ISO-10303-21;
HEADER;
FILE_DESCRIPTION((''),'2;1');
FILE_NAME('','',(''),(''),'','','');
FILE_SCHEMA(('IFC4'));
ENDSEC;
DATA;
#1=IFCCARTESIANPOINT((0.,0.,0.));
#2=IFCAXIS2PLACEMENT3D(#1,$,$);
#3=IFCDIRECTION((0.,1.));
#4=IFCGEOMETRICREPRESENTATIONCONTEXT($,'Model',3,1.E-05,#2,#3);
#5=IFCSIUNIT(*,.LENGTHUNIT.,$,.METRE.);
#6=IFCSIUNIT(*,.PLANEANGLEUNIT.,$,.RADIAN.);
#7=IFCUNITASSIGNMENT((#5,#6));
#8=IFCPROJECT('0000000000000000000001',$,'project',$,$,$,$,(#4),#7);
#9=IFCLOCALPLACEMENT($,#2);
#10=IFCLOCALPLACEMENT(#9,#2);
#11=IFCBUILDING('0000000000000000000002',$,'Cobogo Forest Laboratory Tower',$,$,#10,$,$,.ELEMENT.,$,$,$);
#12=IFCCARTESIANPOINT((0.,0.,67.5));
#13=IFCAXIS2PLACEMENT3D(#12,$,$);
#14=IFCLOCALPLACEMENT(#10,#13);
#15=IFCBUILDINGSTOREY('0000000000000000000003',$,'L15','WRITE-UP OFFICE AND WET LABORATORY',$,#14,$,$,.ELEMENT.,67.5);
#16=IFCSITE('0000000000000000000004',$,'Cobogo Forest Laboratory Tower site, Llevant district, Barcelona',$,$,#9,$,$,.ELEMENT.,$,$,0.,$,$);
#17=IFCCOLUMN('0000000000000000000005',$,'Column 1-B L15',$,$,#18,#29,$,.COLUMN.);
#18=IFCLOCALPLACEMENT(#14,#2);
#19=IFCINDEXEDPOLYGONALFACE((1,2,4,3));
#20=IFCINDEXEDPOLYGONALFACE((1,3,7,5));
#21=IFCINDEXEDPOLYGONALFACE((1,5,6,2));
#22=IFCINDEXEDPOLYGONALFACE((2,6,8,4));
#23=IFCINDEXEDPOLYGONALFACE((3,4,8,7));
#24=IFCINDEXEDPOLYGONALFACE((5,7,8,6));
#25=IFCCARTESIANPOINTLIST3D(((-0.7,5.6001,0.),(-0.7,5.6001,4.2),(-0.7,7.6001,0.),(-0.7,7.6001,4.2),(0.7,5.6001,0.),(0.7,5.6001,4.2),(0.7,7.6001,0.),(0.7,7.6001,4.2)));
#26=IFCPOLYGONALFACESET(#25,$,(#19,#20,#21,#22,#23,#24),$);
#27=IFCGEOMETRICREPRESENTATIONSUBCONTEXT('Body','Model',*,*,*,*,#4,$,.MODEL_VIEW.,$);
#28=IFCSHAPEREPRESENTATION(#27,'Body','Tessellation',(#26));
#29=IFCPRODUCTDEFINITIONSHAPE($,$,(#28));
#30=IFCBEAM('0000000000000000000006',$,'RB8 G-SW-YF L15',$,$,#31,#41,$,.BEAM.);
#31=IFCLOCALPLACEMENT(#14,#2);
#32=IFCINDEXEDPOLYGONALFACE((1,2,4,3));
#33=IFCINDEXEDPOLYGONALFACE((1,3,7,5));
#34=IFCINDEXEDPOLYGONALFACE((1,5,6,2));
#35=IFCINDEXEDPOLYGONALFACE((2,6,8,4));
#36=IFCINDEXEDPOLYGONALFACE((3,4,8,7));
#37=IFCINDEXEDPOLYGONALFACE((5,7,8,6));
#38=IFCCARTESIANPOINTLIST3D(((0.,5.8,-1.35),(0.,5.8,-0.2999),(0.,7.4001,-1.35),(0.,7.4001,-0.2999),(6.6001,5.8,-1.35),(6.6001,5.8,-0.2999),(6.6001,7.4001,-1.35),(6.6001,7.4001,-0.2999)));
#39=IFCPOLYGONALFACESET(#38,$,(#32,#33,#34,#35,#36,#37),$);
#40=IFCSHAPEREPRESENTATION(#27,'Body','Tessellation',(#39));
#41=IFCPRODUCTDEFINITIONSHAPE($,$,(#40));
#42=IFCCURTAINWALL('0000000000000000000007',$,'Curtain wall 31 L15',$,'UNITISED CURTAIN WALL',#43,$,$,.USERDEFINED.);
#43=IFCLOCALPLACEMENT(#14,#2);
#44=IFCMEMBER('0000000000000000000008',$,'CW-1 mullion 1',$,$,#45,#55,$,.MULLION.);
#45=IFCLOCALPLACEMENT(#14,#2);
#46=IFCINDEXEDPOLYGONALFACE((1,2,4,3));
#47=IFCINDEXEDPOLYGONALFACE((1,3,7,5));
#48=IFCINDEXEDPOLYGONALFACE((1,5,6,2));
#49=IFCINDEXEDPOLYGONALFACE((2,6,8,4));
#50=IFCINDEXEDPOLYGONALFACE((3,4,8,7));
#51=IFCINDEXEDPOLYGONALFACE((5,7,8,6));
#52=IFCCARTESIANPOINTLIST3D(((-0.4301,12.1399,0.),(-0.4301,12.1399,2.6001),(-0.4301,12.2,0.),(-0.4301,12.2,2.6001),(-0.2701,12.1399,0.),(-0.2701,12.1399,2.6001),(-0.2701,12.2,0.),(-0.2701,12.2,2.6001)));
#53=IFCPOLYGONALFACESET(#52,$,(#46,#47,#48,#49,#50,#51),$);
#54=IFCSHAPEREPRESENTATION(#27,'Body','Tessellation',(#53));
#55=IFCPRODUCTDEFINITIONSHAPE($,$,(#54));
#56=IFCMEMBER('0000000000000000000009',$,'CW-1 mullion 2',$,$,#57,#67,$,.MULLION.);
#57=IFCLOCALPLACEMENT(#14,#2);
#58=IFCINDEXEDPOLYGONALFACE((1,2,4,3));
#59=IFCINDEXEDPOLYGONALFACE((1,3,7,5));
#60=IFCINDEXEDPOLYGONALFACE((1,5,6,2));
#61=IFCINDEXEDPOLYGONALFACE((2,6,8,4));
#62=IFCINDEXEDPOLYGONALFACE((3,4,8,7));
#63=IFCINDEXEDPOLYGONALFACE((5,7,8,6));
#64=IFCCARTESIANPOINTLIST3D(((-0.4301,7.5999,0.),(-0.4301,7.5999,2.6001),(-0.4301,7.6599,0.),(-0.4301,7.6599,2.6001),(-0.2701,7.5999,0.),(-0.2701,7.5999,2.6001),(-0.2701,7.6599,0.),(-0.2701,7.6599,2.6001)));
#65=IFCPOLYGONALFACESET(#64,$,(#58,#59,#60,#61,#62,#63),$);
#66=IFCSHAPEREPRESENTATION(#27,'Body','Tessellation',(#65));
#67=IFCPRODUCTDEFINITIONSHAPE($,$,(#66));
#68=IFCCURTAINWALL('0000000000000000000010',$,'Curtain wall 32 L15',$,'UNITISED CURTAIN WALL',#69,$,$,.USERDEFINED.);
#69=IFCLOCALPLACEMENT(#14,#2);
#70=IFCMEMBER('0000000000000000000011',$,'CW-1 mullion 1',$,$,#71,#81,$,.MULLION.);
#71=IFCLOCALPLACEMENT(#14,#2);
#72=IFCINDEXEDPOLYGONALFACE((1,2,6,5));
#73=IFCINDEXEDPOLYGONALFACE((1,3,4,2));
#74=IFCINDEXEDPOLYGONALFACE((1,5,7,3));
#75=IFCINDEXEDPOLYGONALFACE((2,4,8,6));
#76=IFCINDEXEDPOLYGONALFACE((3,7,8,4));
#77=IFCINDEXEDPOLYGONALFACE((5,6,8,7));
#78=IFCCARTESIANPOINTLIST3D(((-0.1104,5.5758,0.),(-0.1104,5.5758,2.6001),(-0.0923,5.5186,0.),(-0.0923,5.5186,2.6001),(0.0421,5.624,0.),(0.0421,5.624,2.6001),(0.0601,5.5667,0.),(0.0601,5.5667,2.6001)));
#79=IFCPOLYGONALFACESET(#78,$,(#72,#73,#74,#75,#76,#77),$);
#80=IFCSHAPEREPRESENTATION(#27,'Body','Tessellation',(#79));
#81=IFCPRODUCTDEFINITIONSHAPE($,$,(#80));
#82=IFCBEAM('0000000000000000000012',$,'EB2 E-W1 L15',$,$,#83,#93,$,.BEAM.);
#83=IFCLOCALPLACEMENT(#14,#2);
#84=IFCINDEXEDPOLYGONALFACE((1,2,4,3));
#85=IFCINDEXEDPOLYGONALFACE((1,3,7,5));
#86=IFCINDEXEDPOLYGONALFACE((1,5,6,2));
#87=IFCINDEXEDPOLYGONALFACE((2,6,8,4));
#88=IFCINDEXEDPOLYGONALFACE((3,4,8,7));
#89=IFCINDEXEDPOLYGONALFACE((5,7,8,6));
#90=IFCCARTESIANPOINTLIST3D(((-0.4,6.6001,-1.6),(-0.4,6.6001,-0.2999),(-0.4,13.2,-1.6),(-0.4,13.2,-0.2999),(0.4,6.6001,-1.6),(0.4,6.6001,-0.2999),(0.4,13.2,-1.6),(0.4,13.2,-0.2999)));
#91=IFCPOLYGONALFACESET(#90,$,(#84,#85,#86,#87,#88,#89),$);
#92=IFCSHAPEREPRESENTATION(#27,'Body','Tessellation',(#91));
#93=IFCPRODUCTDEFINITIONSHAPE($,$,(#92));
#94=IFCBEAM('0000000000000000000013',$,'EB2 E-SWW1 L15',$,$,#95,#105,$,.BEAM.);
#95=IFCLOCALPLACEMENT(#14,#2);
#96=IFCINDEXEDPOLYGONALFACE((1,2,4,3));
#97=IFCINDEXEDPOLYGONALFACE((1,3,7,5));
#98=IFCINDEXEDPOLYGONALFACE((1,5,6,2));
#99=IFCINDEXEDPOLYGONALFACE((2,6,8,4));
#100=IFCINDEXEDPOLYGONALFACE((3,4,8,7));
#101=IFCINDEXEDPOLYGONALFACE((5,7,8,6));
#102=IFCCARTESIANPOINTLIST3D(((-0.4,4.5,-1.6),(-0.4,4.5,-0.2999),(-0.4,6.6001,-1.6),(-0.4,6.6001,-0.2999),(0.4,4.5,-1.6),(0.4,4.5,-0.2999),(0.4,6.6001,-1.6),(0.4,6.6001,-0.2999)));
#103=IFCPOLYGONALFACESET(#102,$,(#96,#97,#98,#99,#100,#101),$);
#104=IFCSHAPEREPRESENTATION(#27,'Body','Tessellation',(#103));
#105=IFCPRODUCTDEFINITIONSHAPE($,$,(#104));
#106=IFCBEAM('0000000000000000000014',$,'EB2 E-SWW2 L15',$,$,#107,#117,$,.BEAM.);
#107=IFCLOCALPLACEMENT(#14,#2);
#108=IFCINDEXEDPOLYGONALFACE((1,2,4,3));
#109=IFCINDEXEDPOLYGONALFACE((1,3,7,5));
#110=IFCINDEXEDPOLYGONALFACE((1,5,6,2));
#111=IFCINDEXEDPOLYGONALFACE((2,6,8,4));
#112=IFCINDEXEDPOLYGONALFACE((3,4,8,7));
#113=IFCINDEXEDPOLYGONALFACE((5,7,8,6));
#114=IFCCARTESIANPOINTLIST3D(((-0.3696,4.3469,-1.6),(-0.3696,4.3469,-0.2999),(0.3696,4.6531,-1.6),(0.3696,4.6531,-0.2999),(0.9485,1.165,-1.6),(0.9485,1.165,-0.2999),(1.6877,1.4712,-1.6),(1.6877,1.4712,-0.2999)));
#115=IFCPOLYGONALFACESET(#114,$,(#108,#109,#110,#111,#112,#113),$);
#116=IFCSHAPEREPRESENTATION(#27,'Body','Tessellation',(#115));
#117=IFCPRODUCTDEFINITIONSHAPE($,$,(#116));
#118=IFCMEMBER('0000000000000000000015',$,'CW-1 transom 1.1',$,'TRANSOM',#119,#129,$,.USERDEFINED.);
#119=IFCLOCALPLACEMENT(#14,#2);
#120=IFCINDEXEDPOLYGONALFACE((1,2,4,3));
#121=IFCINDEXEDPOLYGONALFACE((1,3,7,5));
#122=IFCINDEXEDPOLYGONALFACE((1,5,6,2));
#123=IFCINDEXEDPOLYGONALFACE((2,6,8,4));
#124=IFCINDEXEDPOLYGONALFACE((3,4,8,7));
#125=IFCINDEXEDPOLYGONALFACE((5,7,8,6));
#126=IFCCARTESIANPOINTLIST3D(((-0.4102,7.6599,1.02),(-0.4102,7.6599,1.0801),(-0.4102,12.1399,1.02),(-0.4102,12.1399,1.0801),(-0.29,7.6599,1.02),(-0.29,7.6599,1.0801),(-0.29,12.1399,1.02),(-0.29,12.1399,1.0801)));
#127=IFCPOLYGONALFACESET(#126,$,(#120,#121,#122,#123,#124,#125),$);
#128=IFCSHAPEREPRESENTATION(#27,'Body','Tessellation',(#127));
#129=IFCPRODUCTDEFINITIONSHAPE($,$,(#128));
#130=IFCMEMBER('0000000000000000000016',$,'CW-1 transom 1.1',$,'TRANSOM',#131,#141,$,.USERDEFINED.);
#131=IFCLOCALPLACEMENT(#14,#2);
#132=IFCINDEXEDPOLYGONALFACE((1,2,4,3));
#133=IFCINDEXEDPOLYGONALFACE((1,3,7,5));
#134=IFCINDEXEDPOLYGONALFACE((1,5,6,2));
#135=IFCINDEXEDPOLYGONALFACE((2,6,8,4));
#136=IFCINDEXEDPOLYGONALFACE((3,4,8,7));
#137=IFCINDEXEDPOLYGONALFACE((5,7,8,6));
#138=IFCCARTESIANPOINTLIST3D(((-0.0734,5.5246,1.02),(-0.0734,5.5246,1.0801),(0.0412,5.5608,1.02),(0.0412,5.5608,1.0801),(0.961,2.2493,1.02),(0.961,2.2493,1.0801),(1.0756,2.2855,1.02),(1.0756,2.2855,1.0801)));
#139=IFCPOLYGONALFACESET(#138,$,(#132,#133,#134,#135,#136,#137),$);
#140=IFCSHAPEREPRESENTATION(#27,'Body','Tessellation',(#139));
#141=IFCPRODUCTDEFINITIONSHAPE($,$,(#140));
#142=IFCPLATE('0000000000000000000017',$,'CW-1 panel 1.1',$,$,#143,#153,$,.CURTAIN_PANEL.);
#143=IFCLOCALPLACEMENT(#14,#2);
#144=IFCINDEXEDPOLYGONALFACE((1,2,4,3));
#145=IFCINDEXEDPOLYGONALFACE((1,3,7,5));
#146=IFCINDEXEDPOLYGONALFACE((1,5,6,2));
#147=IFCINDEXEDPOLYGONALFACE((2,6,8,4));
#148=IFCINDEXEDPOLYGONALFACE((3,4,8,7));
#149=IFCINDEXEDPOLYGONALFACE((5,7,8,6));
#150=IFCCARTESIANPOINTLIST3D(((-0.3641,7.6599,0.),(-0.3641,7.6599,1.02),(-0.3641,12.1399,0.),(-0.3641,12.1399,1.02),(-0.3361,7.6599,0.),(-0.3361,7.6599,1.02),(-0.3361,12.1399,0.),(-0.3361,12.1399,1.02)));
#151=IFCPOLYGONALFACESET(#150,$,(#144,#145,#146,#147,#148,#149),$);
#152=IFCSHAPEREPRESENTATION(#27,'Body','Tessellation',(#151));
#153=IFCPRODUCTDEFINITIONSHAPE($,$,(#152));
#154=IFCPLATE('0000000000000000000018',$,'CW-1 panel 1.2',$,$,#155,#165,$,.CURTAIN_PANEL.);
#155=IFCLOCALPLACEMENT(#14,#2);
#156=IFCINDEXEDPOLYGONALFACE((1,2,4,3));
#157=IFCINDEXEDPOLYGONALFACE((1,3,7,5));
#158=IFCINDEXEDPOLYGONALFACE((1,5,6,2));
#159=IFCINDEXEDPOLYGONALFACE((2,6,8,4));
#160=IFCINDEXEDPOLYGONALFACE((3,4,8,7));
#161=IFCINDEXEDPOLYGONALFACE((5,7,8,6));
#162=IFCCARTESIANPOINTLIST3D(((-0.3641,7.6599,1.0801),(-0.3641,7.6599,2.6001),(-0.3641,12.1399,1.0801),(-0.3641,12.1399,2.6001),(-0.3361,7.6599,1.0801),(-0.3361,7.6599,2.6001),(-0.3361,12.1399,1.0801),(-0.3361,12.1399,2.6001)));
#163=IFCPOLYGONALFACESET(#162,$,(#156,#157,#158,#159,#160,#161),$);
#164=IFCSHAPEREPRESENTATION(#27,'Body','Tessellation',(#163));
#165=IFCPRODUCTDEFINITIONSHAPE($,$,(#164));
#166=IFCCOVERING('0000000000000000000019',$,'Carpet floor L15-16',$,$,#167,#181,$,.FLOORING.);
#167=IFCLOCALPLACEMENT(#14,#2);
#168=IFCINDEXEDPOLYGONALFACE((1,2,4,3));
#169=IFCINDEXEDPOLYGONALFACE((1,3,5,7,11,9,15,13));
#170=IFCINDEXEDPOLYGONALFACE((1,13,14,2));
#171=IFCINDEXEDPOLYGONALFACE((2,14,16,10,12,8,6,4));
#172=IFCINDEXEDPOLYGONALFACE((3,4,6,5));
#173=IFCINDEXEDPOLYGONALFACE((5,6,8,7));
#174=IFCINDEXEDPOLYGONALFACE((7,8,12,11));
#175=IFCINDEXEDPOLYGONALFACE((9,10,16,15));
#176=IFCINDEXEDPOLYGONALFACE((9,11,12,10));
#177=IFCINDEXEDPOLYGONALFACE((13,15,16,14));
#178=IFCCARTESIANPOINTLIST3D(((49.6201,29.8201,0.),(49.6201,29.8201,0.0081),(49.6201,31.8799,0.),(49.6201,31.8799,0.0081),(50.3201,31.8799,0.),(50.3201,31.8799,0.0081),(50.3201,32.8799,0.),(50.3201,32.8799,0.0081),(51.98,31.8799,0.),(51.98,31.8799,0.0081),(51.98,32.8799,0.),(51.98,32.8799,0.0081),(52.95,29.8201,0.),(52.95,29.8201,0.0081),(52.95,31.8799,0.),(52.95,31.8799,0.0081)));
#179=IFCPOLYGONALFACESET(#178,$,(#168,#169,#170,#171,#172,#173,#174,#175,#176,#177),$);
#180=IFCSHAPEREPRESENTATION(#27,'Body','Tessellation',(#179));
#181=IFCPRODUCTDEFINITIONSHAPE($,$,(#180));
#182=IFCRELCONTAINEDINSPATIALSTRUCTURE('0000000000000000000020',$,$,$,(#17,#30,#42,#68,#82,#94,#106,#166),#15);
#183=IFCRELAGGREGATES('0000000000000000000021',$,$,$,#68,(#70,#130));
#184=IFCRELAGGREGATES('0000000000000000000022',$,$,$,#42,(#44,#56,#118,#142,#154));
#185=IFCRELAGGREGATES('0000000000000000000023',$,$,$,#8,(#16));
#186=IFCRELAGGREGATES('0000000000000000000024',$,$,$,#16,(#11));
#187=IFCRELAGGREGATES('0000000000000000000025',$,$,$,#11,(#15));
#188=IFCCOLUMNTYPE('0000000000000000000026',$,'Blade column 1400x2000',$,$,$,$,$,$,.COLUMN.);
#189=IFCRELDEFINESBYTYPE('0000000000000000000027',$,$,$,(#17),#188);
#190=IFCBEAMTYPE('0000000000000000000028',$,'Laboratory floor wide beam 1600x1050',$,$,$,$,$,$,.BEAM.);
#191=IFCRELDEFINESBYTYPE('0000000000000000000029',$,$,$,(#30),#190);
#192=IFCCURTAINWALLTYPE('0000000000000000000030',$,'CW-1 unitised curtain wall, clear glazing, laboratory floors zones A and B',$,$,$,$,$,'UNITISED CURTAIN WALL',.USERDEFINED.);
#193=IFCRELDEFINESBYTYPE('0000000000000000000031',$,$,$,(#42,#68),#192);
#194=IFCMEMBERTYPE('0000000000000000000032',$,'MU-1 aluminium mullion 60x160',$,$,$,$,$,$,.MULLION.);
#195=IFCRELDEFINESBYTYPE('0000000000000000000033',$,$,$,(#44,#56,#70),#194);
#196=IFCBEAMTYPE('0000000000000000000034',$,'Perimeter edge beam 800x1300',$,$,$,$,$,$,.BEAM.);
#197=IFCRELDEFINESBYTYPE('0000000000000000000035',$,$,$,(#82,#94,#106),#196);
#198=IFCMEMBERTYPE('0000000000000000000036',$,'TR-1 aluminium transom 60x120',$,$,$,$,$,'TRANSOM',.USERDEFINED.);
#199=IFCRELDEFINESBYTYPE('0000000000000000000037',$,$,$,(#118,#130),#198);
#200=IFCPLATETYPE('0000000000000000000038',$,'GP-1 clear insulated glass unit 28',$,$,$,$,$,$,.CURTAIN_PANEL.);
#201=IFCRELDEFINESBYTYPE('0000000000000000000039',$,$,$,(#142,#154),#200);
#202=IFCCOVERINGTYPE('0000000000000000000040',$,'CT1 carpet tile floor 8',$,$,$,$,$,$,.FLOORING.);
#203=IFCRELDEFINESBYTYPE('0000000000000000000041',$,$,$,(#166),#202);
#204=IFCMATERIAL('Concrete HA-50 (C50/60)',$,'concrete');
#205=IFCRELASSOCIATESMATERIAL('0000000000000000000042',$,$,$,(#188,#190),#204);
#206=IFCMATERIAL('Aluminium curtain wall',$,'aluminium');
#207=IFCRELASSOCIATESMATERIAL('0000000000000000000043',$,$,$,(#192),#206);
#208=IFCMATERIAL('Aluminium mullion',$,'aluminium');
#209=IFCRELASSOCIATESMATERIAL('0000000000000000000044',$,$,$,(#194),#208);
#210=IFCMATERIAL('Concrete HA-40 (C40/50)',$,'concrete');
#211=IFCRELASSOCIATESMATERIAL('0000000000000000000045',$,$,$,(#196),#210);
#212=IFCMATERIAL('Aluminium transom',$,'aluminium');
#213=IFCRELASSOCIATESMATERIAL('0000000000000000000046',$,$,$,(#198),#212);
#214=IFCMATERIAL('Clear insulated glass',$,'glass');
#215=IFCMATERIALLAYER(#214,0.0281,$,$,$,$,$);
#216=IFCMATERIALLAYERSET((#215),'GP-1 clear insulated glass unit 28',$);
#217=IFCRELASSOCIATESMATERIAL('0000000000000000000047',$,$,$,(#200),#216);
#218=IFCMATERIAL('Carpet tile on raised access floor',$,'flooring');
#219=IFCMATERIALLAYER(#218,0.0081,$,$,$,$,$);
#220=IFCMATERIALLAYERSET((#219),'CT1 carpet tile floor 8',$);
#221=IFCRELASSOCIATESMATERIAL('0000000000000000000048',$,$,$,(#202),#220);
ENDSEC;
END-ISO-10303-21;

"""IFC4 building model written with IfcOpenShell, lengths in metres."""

from ifc_helpers import new_model, si_unit, direction, frame, origin, origin_2d, place, context, subcontext, project, spatial, polyline, rectangle, outline, extrude, material, layer, layer_set, material_profile, profile_set, type_object, element, aggregate, save


model = new_model("IFC4")

# Units and contexts
model_context = context("Model", 3, precision=1e-05, world=origin(), true_north=direction((0.0, 1.0)))
body_context = subcontext(model_context, "Body", "Model", "MODEL_VIEW")
ifc_project = project(units=[si_unit("LENGTHUNIT", "METRE"), si_unit("PLANEANGLEUNIT", "RADIAN")], contexts=[model_context])

# Site, building, storey
site_placement = place(None, origin())
site = spatial("IfcSite", under=ifc_project, at=site_placement, Name="Cobogo Forest Laboratory Tower site, Llevant district, Barcelona", CompositionType="ELEMENT", RefElevation=0.0)
building_placement = place(site_placement, origin())
building = spatial("IfcBuilding", under=site, at=building_placement, Name="Cobogo Forest Laboratory Tower", CompositionType="ELEMENT")
storey_placement = place(building_placement, frame((0.0, 0.0, 67.5)))
storey = spatial("IfcBuildingStorey", under=building, at=storey_placement, Name="L15", Description="WRITE-UP OFFICE AND WET LABORATORY", CompositionType="ELEMENT", Elevation=67.5)

# Column
ifc_material_1 = material(Name="Concrete HA-50 (C50/60)", Category="concrete")
ifc_material_profile_1 = material_profile(ifc_material_1, rectangle(XDim=2.0, YDim=1.3999, at=origin_2d()), Name="RC 1400x2000")
ifc_profile_set_1 = profile_set([ifc_material_profile_1], Name="Concrete HA-50 (C50/60)")
column_type = type_object("IfcColumnType", Name="Blade column 1400x2000", PredefinedType="COLUMN", material=ifc_profile_set_1)
column_placement = place(storey_placement, frame((0.0, 6.6001, 0.0), z_axis=(0.0, 0.0, 1.0), x_axis=(0.0, 1.0, 0.0)))
element("IfcColumn", 1, at=column_placement, inside=storey, type_object=column_type, Name="Column 1-B L15", PredefinedType="COLUMN", context=body_context, shape_type="SweptSolid", body=[
    extrude(rectangle(XDim=2.0, YDim=1.3999, at=origin_2d()), origin(), (0.0, 0.0, 1.0), 4.2),
])

# Beam
ifc_material_profile_2 = material_profile(ifc_material_1, rectangle(XDim=1.6001, YDim=1.05, at=origin_2d()), Name="RC 1600x1050")
ifc_profile_set_2 = profile_set([ifc_material_profile_2], Name="Concrete HA-50 (C50/60)")
beam_type_1 = type_object("IfcBeamType", Name="Laboratory floor wide beam 1600x1050", PredefinedType="BEAM", material=ifc_profile_set_2)
beam_1_placement = place(storey_placement, frame((0.0, 6.6001, -0.825), z_axis=(1.0, 0.0, 0.0), x_axis=(0.0, 1.0, 0.0)))
element("IfcBeam", 2, at=beam_1_placement, inside=storey, type_object=beam_type_1, Name="RB8 G-SW-YF L15", PredefinedType="BEAM", context=body_context, shape_type="SweptSolid", body=[
    extrude(rectangle(XDim=1.6001, YDim=1.05, at=origin_2d()), origin(), (0.0, 0.0, 1.0), 6.6001),
])

# Curtain wall, members
ifc_material_2 = material(Name="Aluminium curtain wall", Category="aluminium")
curtain_wall_type = type_object("IfcCurtainWallType", Name="CW-1 unitised curtain wall, clear glazing, laboratory floors zones A and B", ElementType="UNITISED CURTAIN WALL", PredefinedType="USERDEFINED", material=ifc_material_2)
curtain_wall_1_placement = place(storey_placement, origin())
curtain_wall_1 = element("IfcCurtainWall", 3, at=curtain_wall_1_placement, inside=storey, type_object=curtain_wall_type, Name="Curtain wall 31 L15", ObjectType="UNITISED CURTAIN WALL", PredefinedType="USERDEFINED")
ifc_material_3 = material(Name="Aluminium mullion", Category="aluminium")
ifc_material_profile_3 = material_profile(ifc_material_3, rectangle(XDim=0.0601, YDim=0.1599, at=origin_2d()), Name="AL 60x160")
ifc_profile_set_3 = profile_set([ifc_material_profile_3], Name="Aluminium mullion")
member_type_1 = type_object("IfcMemberType", Name="MU-1 aluminium mullion 60x160", PredefinedType="MULLION", material=ifc_profile_set_3)
member_1_placement = place(storey_placement, frame((-0.3501, 12.1699, 0.0), z_axis=(0.0, 0.0, 1.0), x_axis=(0.0, -1.0, 0.0)))
member_1 = element("IfcMember", 4, at=member_1_placement, type_object=member_type_1, Name="CW-1 mullion 1", PredefinedType="MULLION", context=body_context, shape_type="SweptSolid", body=[
    extrude(rectangle(XDim=0.0601, YDim=0.1599, at=origin_2d()), origin(), (0.0, 0.0, 1.0), 2.6001),
])
member_2_placement = place(storey_placement, frame((-0.3501, 7.6299, 0.0), z_axis=(0.0, 0.0, 1.0), x_axis=(0.0, -1.0, 0.0)))
member_2 = element("IfcMember", 5, at=member_2_placement, type_object=member_type_1, Name="CW-1 mullion 2", PredefinedType="MULLION", context=body_context, shape_type="SweptSolid", body=[
    extrude(rectangle(XDim=0.0601, YDim=0.1599, at=origin_2d()), origin(), (0.0, 0.0, 1.0), 2.6001),
])

# Curtain wall, member
curtain_wall_2_placement = place(storey_placement, origin())
curtain_wall_2 = element("IfcCurtainWall", 6, at=curtain_wall_2_placement, inside=storey, type_object=curtain_wall_type, Name="Curtain wall 32 L15", ObjectType="UNITISED CURTAIN WALL", PredefinedType="USERDEFINED")
member_3_placement = place(storey_placement, frame((-0.0251, 5.5713, 0.0), z_axis=(0.0, 0.0, 1.0), x_axis=(0.301135, -0.953581, 0.0)))
member_3 = element("IfcMember", 7, at=member_3_placement, type_object=member_type_1, Name="CW-1 mullion 1", PredefinedType="MULLION", context=body_context, shape_type="SweptSolid", body=[
    extrude(rectangle(XDim=0.0601, YDim=0.1599, at=origin_2d()), origin(), (0.0, 0.0, 1.0), 2.6001),
])

# Beams
ifc_material_4 = material(Name="Concrete HA-40 (C40/50)", Category="concrete")
ifc_material_profile_4 = material_profile(ifc_material_4, rectangle(XDim=0.8, YDim=1.3, at=origin_2d()), Name="RC 800x1300")
ifc_profile_set_4 = profile_set([ifc_material_profile_4], Name="Concrete HA-40 (C40/50)")
beam_type_2 = type_object("IfcBeamType", Name="Perimeter edge beam 800x1300", PredefinedType="BEAM", material=ifc_profile_set_4)
beam_2_placement = place(storey_placement, frame((0.0, 6.6001, -0.95), z_axis=(0.0, 1.0, 0.0), x_axis=(-1.0, 0.0, 0.0)))
element("IfcBeam", 8, at=beam_2_placement, inside=storey, type_object=beam_type_2, Name="EB2 E-W1 L15", PredefinedType="BEAM", context=body_context, shape_type="SweptSolid", body=[
    extrude(rectangle(XDim=0.8, YDim=1.3, at=origin_2d()), origin(), (0.0, 0.0, 1.0), 6.5999),
])
beam_3_placement = place(storey_placement, frame((0.0, 6.6001, -0.95), z_axis=(0.0, -1.0, 0.0), x_axis=(1.0, 0.0, 0.0)))
element("IfcBeam", 9, at=beam_3_placement, inside=storey, type_object=beam_type_2, Name="EB2 E-SWW1 L15", PredefinedType="BEAM", context=body_context, shape_type="SweptSolid", body=[
    extrude(rectangle(XDim=0.8, YDim=1.3, at=origin_2d()), origin(), (0.0, 0.0, 1.0), 2.1001),
])
beam_4_placement = place(storey_placement, frame((0.0, 4.5, -0.95), z_axis=(0.382717, -0.923866, 0.0), x_axis=(0.923866, 0.382717, 0.0)))
element("IfcBeam", 10, at=beam_4_placement, inside=storey, type_object=beam_type_2, Name="EB2 E-SWW2 L15", PredefinedType="BEAM", context=body_context, shape_type="SweptSolid", body=[
    extrude(rectangle(XDim=0.8, YDim=1.3, at=origin_2d()), origin(), (0.0, 0.0, 1.0), 3.4441),
])

# Members
ifc_material_5 = material(Name="Aluminium transom", Category="aluminium")
ifc_material_profile_5 = material_profile(ifc_material_5, rectangle(XDim=0.1201, YDim=0.0601, at=origin_2d()), Name="AL 60x120")
ifc_profile_set_5 = profile_set([ifc_material_profile_5], Name="Aluminium transom")
member_type_2 = type_object("IfcMemberType", Name="TR-1 aluminium transom 60x120", ElementType="TRANSOM", PredefinedType="USERDEFINED", material=ifc_profile_set_5)
member_4_placement = place(storey_placement, frame((-0.3501, 12.1399, 1.05), z_axis=(0.0, -1.0, 0.0), x_axis=(1.0, 0.0, 0.0)))
member_4 = element("IfcMember", 11, at=member_4_placement, type_object=member_type_2, Name="CW-1 transom 1.1", ObjectType="TRANSOM", PredefinedType="USERDEFINED", context=body_context, shape_type="SweptSolid", body=[
    extrude(rectangle(XDim=0.1201, YDim=0.0601, at=origin_2d()), origin(), (0.0, 0.0, 1.0), 4.48),
])
member_5_placement = place(storey_placement, frame((-0.0161, 5.5427, 1.05), z_axis=(0.301155, -0.953575, 0.0), x_axis=(0.953575, 0.301155, 0.0)))
member_5 = element("IfcMember", 12, at=member_5_placement, type_object=member_type_2, Name="CW-1 transom 1.1", ObjectType="TRANSOM", PredefinedType="USERDEFINED", context=body_context, shape_type="SweptSolid", body=[
    extrude(rectangle(XDim=0.1201, YDim=0.0601, at=origin_2d()), origin(), (0.0, 0.0, 1.0), 3.4348),
])
aggregate(curtain_wall_2, [member_3, member_5])

# Plates
ifc_material_6 = material(Name="Clear insulated glass", Category="glass")
ifc_layer_1 = layer(ifc_material_6, 0.0281)
ifc_layer_set_1 = layer_set([ifc_layer_1], Name="GP-1 clear insulated glass unit 28")
plate_type_1 = type_object("IfcPlateType", Name="GP-1 clear insulated glass unit 28", PredefinedType="CURTAIN_PANEL", material=ifc_layer_set_1)
plate_1_placement = place(storey_placement, frame((-0.3501, 9.8999, 0.0), z_axis=(0.0, 0.0, 1.0), x_axis=(0.0, -1.0, 0.0)))
plate_1 = element("IfcPlate", 13, at=plate_1_placement, type_object=plate_type_1, Name="CW-1 panel 1.1", PredefinedType="CURTAIN_PANEL", context=body_context, shape_type="SweptSolid", body=[
    extrude(rectangle(XDim=4.48, YDim=0.0281, at=origin_2d()), origin(), (0.0, 0.0, 1.0), 1.02),
])
plate_2_placement = place(storey_placement, frame((-0.3501, 9.8999, 1.0801), z_axis=(0.0, 0.0, 1.0), x_axis=(0.0, -1.0, 0.0)))
plate_2 = element("IfcPlate", 14, at=plate_2_placement, type_object=plate_type_1, Name="CW-1 panel 1.2", PredefinedType="CURTAIN_PANEL", context=body_context, shape_type="SweptSolid", body=[
    extrude(rectangle(XDim=4.48, YDim=0.0281, at=origin_2d()), origin(), (0.0, 0.0, 1.0), 1.52),
])
aggregate(curtain_wall_1, [member_1, member_2, member_4, plate_1, plate_2])

# Covering
ifc_material_7 = material(Name="Carpet tile on raised access floor", Category="flooring")
ifc_layer_2 = layer(ifc_material_7, 0.0081)
ifc_layer_set_2 = layer_set([ifc_layer_2], Name="CT1 carpet tile floor 8")
covering_type_1 = type_object("IfcCoveringType", Name="CT1 carpet tile floor 8", PredefinedType="FLOORING", material=ifc_layer_set_2)
covering_1_placement = place(storey_placement, origin())
element("IfcCovering", 15, at=covering_1_placement, inside=storey, type_object=covering_type_1, Name="Carpet floor L15-16", PredefinedType="FLOORING", context=body_context, shape_type="SweptSolid", body=[
    extrude(outline(polyline([(49.6201, 31.8799), (50.3201, 31.8799), (50.3201, 32.8799), (51.98, 32.8799), (51.98, 31.8799), (52.95, 31.8799), (52.95, 29.8201), (49.6201, 29.8201), (49.6201, 31.8799)])), origin(), (0.0, 0.0, 1.0), 0.0081),
])

save(model, "model.ifc")
